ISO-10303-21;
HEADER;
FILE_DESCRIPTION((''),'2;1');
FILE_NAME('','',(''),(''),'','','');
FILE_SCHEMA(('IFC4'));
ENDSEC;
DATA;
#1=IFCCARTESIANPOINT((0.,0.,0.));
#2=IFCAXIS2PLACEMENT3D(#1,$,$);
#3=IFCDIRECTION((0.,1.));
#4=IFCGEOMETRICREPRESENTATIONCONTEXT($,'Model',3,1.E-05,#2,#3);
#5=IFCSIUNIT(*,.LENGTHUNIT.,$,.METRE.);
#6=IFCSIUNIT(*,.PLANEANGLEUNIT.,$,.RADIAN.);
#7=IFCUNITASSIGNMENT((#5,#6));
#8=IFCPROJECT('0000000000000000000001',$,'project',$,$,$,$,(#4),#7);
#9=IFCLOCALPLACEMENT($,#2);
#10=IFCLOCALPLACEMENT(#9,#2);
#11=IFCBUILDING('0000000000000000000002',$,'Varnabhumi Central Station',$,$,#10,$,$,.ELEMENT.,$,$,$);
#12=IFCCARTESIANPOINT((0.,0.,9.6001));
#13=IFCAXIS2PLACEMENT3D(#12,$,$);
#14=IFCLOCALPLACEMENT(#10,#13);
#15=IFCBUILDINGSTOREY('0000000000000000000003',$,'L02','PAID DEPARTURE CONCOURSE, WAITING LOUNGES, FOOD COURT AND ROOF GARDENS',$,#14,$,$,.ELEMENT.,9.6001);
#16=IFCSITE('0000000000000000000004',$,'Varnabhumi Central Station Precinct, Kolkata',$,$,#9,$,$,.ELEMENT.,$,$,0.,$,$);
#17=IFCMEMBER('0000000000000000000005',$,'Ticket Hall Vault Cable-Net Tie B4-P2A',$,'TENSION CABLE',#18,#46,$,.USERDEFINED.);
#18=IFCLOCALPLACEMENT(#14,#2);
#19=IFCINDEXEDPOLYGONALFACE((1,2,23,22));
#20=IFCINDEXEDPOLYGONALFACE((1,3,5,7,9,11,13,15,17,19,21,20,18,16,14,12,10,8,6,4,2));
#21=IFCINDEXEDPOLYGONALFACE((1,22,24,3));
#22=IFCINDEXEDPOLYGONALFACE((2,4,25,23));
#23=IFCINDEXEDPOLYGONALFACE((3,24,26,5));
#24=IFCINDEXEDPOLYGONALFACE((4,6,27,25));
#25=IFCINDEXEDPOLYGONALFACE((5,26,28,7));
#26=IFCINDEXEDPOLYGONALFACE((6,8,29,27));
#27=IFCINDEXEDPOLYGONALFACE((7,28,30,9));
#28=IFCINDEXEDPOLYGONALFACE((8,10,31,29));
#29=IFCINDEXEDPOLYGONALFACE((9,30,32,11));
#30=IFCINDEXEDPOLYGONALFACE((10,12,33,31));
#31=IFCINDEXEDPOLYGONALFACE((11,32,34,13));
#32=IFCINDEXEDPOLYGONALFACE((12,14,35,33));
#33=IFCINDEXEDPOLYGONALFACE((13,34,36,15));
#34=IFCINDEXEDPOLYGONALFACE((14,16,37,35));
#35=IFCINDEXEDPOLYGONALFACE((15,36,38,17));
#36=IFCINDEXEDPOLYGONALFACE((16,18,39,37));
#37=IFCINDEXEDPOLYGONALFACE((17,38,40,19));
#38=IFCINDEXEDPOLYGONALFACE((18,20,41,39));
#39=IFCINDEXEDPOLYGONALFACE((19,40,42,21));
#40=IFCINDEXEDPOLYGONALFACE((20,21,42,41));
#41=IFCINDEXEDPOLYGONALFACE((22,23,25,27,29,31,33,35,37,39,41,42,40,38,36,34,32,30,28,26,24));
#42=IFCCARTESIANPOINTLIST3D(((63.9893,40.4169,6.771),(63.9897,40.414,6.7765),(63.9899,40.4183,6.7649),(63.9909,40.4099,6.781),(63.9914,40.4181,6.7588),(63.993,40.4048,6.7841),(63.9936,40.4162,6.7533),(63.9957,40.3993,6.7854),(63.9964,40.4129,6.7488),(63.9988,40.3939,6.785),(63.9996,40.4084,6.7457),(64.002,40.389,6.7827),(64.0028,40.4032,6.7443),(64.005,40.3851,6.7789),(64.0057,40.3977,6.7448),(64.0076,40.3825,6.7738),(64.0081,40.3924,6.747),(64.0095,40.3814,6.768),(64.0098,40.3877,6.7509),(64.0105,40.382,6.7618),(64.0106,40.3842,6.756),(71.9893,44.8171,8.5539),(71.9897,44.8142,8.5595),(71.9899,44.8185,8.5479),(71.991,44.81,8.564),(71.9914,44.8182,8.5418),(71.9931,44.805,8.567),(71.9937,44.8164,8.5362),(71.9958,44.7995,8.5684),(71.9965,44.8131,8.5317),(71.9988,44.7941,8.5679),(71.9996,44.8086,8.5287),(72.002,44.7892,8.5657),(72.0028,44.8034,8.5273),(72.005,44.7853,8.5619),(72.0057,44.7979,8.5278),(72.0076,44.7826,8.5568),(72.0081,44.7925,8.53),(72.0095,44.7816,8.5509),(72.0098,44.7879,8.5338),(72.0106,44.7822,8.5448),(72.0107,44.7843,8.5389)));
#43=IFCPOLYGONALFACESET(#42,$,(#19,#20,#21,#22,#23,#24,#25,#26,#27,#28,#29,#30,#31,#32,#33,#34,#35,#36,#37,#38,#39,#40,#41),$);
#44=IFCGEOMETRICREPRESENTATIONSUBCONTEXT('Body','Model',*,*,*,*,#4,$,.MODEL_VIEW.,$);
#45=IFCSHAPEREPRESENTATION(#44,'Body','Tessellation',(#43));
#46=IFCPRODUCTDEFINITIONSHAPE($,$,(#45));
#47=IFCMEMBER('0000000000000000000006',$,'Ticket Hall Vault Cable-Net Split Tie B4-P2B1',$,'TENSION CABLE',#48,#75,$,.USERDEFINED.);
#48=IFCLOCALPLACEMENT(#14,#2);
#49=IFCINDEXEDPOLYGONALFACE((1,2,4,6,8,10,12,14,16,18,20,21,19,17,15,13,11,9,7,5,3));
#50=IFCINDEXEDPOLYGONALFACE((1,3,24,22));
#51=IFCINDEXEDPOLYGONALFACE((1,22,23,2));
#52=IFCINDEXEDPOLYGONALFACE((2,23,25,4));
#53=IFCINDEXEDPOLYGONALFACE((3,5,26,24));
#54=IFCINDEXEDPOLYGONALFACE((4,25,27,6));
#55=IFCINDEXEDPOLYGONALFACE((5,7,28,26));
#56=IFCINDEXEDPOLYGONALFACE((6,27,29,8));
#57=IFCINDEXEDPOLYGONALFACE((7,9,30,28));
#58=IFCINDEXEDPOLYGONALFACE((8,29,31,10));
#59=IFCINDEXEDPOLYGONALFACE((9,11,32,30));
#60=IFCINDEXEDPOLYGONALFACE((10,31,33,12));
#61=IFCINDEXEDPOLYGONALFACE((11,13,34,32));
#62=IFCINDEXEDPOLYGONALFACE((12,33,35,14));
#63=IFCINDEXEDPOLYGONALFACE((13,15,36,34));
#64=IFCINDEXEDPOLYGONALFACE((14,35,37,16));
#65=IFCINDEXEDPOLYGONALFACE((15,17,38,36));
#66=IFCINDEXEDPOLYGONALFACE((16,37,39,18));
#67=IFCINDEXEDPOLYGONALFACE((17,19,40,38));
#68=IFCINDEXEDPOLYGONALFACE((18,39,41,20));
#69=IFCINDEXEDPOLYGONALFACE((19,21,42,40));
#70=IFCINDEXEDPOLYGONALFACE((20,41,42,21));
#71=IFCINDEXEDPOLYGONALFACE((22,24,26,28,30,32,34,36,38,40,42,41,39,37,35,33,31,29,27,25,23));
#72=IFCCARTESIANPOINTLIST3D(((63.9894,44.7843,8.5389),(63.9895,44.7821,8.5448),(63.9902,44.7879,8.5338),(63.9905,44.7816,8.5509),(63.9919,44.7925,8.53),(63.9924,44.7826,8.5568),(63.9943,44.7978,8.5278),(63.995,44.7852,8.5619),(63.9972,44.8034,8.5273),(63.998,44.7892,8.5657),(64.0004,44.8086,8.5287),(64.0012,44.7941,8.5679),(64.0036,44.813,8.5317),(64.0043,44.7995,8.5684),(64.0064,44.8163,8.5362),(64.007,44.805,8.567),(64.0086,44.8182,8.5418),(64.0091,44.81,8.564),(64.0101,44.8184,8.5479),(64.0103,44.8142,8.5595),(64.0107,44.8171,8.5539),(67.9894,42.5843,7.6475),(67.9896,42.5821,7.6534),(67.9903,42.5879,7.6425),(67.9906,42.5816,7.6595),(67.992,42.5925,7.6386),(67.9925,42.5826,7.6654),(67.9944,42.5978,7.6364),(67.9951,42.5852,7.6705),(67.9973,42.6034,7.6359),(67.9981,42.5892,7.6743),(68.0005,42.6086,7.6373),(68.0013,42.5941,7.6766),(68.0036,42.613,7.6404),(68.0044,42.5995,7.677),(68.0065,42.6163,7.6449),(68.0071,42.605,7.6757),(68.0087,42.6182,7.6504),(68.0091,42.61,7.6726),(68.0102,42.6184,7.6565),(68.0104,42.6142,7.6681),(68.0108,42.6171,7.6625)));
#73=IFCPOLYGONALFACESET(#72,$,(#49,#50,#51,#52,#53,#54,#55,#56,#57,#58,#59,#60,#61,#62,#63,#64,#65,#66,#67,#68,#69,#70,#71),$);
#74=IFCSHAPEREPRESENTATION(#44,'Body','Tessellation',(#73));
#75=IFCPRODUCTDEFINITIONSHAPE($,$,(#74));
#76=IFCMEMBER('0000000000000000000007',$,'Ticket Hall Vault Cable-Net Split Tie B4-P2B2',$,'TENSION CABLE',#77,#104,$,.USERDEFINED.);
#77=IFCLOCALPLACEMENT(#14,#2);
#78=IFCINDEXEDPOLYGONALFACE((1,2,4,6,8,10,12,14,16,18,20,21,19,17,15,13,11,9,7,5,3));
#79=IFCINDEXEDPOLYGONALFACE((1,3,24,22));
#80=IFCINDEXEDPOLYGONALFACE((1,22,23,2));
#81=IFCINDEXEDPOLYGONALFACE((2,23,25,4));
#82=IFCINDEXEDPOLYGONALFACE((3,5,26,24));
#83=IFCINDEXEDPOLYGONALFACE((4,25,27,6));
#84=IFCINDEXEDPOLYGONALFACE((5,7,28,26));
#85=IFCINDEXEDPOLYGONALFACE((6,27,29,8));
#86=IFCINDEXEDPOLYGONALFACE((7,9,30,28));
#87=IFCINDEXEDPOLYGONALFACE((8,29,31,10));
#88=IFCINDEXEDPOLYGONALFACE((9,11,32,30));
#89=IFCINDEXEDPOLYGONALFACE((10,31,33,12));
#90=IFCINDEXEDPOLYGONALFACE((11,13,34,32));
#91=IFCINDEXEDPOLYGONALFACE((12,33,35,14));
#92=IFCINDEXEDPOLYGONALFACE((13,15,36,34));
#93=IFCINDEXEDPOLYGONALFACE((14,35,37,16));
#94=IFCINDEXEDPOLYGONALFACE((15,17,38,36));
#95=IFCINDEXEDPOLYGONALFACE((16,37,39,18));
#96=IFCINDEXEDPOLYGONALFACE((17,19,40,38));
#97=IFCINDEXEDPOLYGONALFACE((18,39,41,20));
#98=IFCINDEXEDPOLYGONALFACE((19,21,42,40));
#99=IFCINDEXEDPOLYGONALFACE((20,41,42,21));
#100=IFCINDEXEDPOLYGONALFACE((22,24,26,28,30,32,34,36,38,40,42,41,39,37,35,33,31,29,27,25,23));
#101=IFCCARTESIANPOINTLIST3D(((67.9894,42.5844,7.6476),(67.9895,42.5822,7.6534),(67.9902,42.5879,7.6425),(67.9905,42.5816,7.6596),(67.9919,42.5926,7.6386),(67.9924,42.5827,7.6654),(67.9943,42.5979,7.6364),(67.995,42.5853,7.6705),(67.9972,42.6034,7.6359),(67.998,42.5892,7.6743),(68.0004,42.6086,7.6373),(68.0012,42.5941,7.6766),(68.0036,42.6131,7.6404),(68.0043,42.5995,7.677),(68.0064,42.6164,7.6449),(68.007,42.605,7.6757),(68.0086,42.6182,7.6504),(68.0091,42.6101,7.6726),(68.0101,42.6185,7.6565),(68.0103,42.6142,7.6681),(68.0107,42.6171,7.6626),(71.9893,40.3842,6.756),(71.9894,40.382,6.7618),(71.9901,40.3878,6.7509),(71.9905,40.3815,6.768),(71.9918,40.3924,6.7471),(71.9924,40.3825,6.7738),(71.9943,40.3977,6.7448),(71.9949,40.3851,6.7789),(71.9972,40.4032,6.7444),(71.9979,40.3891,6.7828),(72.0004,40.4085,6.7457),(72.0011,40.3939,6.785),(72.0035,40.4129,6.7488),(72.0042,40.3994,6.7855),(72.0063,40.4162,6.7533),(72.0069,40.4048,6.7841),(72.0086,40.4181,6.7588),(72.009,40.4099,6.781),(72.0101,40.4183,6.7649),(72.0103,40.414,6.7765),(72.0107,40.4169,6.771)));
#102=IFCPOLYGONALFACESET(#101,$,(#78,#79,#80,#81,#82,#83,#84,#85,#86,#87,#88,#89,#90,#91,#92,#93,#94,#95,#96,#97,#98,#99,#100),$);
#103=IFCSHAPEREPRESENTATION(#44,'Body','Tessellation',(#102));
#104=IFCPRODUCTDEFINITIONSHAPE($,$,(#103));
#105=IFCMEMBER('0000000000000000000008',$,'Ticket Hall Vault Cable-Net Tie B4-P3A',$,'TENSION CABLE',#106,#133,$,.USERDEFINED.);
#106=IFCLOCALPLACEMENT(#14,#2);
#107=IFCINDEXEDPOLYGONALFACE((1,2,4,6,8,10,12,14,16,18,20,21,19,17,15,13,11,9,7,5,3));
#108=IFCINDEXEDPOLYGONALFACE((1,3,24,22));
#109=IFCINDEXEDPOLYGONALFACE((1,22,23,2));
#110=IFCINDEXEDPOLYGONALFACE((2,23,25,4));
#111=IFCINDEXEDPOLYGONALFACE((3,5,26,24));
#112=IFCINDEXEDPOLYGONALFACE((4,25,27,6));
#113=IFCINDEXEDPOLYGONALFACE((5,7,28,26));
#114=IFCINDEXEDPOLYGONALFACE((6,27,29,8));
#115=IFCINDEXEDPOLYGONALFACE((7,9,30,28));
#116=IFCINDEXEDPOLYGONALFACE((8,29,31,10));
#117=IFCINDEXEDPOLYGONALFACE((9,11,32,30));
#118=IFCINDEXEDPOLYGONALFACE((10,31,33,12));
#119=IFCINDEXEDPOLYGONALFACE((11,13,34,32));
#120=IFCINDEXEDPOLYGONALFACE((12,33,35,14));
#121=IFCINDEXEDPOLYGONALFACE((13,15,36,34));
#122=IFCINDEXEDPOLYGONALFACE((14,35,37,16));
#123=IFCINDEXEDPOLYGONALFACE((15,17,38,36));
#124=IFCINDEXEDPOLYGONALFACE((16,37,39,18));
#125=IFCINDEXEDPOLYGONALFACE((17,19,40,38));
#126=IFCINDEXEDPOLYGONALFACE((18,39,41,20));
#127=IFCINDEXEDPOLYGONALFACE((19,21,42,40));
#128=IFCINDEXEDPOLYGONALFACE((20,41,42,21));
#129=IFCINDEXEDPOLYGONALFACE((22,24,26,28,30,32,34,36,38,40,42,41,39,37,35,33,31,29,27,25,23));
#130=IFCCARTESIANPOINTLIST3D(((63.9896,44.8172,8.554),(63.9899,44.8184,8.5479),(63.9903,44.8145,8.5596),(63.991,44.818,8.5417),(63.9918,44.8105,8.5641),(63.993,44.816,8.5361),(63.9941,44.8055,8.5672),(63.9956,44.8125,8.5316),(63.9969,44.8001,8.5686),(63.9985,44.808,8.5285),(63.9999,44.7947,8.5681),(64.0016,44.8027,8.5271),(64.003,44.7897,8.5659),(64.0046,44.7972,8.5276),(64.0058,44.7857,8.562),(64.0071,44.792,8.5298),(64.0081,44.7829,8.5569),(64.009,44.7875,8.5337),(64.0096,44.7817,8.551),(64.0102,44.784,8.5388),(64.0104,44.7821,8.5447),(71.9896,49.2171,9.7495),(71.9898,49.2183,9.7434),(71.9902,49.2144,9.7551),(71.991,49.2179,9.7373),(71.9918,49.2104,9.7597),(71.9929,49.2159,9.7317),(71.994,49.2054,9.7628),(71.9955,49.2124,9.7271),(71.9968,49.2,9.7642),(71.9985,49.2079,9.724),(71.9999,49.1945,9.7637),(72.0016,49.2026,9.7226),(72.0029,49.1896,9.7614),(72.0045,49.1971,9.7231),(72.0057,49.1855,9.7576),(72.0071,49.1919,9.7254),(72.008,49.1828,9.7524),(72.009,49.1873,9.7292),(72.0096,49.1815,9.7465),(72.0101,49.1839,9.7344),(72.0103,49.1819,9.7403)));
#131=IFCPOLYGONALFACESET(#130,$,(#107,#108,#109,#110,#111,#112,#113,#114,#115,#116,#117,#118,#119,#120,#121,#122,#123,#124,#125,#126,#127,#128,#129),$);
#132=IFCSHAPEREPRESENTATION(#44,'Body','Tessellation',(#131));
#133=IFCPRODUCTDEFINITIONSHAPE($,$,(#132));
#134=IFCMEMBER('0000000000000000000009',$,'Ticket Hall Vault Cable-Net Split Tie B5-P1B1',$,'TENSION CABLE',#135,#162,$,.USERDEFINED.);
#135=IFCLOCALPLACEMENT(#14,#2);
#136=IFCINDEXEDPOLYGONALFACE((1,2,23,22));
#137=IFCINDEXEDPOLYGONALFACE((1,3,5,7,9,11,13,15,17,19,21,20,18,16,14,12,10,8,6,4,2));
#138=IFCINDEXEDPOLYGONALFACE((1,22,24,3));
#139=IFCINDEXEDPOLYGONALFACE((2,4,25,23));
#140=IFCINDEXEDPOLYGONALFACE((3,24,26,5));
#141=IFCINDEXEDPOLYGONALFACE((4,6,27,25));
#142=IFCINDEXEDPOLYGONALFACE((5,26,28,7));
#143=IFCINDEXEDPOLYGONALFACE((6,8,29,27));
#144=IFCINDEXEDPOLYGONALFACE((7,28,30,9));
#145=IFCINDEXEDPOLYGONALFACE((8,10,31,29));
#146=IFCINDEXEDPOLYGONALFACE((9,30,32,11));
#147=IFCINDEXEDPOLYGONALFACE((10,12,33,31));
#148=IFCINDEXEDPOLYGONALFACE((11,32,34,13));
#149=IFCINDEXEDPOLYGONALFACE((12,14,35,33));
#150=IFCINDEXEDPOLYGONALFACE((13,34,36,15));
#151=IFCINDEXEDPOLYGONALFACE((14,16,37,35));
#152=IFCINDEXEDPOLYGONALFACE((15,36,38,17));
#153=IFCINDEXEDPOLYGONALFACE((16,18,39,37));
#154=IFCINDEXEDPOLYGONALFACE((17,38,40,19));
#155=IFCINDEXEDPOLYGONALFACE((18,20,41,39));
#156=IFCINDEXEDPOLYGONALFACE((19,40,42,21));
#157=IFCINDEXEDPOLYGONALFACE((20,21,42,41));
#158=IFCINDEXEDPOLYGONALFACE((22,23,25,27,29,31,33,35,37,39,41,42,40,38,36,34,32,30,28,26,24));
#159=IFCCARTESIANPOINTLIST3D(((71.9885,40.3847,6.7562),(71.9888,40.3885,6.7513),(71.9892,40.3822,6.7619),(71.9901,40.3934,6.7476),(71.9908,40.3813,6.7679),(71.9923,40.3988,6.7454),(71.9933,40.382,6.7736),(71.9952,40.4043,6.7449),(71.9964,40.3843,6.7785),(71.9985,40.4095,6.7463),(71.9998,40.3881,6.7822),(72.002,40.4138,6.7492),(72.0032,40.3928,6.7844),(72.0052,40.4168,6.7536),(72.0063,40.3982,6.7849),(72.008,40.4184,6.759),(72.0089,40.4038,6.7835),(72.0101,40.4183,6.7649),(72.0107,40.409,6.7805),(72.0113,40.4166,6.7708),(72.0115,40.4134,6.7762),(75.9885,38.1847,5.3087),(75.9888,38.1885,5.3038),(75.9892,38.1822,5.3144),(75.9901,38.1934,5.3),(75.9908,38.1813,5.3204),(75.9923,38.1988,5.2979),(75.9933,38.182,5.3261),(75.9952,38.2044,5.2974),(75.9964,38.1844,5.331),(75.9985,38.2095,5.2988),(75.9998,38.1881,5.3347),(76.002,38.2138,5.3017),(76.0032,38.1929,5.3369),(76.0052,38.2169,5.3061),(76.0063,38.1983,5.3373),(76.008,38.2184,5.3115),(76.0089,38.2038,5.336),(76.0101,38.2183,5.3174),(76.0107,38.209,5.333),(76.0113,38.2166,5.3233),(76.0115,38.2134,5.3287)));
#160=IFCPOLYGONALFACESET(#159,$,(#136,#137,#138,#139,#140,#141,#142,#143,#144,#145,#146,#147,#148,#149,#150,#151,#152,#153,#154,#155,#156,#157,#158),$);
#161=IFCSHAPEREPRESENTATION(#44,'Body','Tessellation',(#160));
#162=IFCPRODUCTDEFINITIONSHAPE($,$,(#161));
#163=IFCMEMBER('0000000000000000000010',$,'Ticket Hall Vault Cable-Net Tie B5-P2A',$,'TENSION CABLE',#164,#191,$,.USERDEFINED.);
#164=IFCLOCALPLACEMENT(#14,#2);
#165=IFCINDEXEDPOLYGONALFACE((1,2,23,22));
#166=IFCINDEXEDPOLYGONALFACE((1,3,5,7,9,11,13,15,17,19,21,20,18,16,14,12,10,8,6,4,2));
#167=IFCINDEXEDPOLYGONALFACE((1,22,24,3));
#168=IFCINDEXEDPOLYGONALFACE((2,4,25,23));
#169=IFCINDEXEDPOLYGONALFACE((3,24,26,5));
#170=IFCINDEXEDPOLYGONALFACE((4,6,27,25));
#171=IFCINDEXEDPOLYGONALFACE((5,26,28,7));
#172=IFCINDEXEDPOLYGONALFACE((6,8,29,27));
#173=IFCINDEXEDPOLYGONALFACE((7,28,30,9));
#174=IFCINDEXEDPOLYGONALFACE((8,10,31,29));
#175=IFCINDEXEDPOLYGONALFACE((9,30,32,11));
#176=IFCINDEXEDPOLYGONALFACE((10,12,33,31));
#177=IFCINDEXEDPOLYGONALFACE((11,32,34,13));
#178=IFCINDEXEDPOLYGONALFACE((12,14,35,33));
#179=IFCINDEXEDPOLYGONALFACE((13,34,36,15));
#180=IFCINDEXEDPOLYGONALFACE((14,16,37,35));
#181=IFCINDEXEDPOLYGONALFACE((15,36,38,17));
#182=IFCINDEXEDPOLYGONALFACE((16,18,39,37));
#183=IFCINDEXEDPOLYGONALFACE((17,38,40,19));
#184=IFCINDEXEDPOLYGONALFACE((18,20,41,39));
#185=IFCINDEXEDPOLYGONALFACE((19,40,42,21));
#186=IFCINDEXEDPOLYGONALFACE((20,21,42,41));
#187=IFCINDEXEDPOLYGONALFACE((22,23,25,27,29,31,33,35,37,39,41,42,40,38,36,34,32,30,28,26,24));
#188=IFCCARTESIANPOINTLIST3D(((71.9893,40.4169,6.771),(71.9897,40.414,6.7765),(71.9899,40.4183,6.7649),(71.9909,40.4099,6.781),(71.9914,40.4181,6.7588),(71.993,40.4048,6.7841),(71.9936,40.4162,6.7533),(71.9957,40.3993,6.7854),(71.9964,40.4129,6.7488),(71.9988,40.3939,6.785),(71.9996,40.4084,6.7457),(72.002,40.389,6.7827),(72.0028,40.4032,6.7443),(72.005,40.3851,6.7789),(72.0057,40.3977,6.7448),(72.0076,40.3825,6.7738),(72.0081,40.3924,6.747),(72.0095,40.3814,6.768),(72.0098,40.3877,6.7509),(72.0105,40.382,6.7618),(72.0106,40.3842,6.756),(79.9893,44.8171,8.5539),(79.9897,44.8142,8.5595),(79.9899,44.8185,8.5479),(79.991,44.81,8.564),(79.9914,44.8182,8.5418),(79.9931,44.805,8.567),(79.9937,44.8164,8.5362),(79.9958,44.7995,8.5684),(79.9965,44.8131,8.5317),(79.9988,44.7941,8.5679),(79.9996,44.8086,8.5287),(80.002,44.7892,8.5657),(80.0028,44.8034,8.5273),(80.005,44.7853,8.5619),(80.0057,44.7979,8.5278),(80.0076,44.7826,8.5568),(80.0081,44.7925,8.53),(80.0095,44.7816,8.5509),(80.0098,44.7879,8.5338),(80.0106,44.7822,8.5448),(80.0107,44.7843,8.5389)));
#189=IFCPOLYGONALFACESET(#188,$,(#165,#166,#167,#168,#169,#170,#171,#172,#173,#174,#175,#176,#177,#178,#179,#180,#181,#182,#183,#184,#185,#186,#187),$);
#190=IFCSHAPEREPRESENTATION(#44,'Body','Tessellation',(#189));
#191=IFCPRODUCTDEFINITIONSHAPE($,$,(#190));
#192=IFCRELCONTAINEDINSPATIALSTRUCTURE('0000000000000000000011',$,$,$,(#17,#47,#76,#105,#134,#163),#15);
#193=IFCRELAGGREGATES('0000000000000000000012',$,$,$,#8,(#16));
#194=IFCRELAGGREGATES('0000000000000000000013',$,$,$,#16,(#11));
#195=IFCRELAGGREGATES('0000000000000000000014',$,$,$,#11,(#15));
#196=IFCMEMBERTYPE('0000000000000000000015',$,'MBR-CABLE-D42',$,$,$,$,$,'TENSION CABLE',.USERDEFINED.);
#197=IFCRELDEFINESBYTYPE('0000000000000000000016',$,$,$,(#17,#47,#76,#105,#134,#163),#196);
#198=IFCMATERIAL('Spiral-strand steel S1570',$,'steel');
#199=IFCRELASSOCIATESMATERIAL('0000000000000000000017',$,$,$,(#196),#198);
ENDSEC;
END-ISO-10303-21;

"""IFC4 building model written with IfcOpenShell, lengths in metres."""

from ifc_helpers import new_model, si_unit, direction, frame, origin, origin_2d, place, context, subcontext, project, spatial, circle, extrude, material, material_profile, profile_set, type_object, element, save


model = new_model("IFC4")

# Units and contexts
model_context = context("Model", 3, precision=1e-05, world=origin(), true_north=direction((0.0, 1.0)))
body_context = subcontext(model_context, "Body", "Model", "MODEL_VIEW")
ifc_project = project(units=[si_unit("LENGTHUNIT", "METRE"), si_unit("PLANEANGLEUNIT", "RADIAN")], contexts=[model_context])

# Site, building, storey
site_placement = place(None, origin())
site = spatial("IfcSite", under=ifc_project, at=site_placement, Name="Varnabhumi Central Station Precinct, Kolkata", CompositionType="ELEMENT", RefElevation=0.0)
building_placement = place(site_placement, origin())
building = spatial("IfcBuilding", under=site, at=building_placement, Name="Varnabhumi Central Station", CompositionType="ELEMENT")
storey_placement = place(building_placement, frame((0.0, 0.0, 9.6001)))
storey = spatial("IfcBuildingStorey", under=building, at=storey_placement, Name="L02", Description="PAID DEPARTURE CONCOURSE, WAITING LOUNGES, FOOD COURT AND ROOF GARDENS", CompositionType="ELEMENT", Elevation=9.6001)

# Members
ifc_material_1 = material(Name="Spiral-strand steel S1570", Category="steel")
ifc_material_profile_1 = material_profile(ifc_material_1, circle(Radius=0.021, at=origin_2d()), Name="Spiral-strand steel S1570", Category="steel")
ifc_profile_set_1 = profile_set([ifc_material_profile_1], Name="Spiral-strand steel S1570")
member_type_1 = type_object("IfcMemberType", Name="MBR-CABLE-D42", ElementType="TENSION CABLE", PredefinedType="USERDEFINED", material=ifc_profile_set_1)
member_1_placement = place(storey_placement, frame((64.0, 40.3999, 6.7649), z_axis=(0.859965, 0.472997, 0.19166), x_axis=(-0.481931, 0.876209, 0.0)))
element("IfcMember", 1, at=member_1_placement, inside=storey, type_object=member_type_1, Name="Ticket Hall Vault Cable-Net Tie B4-P2A", ObjectType="TENSION CABLE", PredefinedType="USERDEFINED", context=body_context, shape_type="SweptSolid", body=[
    extrude(circle(Radius=0.021, at=origin_2d()), origin(), (0.0, 0.0, 1.0), 9.3027),
])
for number, where, z_axis, x_axis, name in (
    (2, (64.0, 44.8, 8.5479), (0.85998, -0.472979, -0.191637), (0.481911, 0.87622, 0.0), "Ticket Hall Vault Cable-Net Split Tie B4-P2B1"),
    (3, (68.0, 42.6001, 7.6565), (0.85995, -0.473015, -0.191683), (0.481952, 0.876198, 0.0), "Ticket Hall Vault Cable-Net Split Tie B4-P2B2"),
):
    element("IfcMember", number, at=place(storey_placement, frame(where, z_axis=z_axis, x_axis=x_axis)), inside=storey, type_object=member_type_1, Name=name, ObjectType="TENSION CABLE", PredefinedType="USERDEFINED", context=body_context, shape_type="SweptSolid", body=[
        extrude(circle(Radius=0.021, at=origin_2d()), origin(), (0.0, 0.0, 1.0), 4.6514),
    ])
member_2_placement = place(storey_placement, frame((64.0, 44.8, 8.5479), z_axis=(0.868803, 0.477831, 0.129838), x_axis=(-0.481911, 0.87622, 0.0)))
element("IfcMember", 4, at=member_2_placement, inside=storey, type_object=member_type_1, Name="Ticket Hall Vault Cable-Net Tie B4-P3A", ObjectType="TENSION CABLE", PredefinedType="USERDEFINED", context=body_context, shape_type="SweptSolid", body=[
    extrude(circle(Radius=0.021, at=origin_2d()), origin(), (0.0, 0.0, 1.0), 9.208),
])
member_3_placement = place(storey_placement, frame((72.0, 40.3999, 6.7649), z_axis=(0.835237, -0.45937, -0.302254), x_axis=(0.481911, 0.87622, 0.0)))
element("IfcMember", 5, at=member_3_placement, inside=storey, type_object=member_type_1, Name="Ticket Hall Vault Cable-Net Split Tie B5-P1B1", ObjectType="TENSION CABLE", PredefinedType="USERDEFINED", context=body_context, shape_type="SweptSolid", body=[
    extrude(circle(Radius=0.021, at=origin_2d()), origin(), (0.0, 0.0, 1.0), 4.7891),
])
member_4_placement = place(storey_placement, frame((72.0, 40.3999, 6.7649), z_axis=(0.859965, 0.472997, 0.19166), x_axis=(-0.481931, 0.876209, 0.0)))
element("IfcMember", 6, at=member_4_placement, inside=storey, type_object=member_type_1, Name="Ticket Hall Vault Cable-Net Tie B5-P2A", ObjectType="TENSION CABLE", PredefinedType="USERDEFINED", context=body_context, shape_type="SweptSolid", body=[
    extrude(circle(Radius=0.021, at=origin_2d()), origin(), (0.0, 0.0, 1.0), 9.3027),
])

save(model, "model.ifc")
